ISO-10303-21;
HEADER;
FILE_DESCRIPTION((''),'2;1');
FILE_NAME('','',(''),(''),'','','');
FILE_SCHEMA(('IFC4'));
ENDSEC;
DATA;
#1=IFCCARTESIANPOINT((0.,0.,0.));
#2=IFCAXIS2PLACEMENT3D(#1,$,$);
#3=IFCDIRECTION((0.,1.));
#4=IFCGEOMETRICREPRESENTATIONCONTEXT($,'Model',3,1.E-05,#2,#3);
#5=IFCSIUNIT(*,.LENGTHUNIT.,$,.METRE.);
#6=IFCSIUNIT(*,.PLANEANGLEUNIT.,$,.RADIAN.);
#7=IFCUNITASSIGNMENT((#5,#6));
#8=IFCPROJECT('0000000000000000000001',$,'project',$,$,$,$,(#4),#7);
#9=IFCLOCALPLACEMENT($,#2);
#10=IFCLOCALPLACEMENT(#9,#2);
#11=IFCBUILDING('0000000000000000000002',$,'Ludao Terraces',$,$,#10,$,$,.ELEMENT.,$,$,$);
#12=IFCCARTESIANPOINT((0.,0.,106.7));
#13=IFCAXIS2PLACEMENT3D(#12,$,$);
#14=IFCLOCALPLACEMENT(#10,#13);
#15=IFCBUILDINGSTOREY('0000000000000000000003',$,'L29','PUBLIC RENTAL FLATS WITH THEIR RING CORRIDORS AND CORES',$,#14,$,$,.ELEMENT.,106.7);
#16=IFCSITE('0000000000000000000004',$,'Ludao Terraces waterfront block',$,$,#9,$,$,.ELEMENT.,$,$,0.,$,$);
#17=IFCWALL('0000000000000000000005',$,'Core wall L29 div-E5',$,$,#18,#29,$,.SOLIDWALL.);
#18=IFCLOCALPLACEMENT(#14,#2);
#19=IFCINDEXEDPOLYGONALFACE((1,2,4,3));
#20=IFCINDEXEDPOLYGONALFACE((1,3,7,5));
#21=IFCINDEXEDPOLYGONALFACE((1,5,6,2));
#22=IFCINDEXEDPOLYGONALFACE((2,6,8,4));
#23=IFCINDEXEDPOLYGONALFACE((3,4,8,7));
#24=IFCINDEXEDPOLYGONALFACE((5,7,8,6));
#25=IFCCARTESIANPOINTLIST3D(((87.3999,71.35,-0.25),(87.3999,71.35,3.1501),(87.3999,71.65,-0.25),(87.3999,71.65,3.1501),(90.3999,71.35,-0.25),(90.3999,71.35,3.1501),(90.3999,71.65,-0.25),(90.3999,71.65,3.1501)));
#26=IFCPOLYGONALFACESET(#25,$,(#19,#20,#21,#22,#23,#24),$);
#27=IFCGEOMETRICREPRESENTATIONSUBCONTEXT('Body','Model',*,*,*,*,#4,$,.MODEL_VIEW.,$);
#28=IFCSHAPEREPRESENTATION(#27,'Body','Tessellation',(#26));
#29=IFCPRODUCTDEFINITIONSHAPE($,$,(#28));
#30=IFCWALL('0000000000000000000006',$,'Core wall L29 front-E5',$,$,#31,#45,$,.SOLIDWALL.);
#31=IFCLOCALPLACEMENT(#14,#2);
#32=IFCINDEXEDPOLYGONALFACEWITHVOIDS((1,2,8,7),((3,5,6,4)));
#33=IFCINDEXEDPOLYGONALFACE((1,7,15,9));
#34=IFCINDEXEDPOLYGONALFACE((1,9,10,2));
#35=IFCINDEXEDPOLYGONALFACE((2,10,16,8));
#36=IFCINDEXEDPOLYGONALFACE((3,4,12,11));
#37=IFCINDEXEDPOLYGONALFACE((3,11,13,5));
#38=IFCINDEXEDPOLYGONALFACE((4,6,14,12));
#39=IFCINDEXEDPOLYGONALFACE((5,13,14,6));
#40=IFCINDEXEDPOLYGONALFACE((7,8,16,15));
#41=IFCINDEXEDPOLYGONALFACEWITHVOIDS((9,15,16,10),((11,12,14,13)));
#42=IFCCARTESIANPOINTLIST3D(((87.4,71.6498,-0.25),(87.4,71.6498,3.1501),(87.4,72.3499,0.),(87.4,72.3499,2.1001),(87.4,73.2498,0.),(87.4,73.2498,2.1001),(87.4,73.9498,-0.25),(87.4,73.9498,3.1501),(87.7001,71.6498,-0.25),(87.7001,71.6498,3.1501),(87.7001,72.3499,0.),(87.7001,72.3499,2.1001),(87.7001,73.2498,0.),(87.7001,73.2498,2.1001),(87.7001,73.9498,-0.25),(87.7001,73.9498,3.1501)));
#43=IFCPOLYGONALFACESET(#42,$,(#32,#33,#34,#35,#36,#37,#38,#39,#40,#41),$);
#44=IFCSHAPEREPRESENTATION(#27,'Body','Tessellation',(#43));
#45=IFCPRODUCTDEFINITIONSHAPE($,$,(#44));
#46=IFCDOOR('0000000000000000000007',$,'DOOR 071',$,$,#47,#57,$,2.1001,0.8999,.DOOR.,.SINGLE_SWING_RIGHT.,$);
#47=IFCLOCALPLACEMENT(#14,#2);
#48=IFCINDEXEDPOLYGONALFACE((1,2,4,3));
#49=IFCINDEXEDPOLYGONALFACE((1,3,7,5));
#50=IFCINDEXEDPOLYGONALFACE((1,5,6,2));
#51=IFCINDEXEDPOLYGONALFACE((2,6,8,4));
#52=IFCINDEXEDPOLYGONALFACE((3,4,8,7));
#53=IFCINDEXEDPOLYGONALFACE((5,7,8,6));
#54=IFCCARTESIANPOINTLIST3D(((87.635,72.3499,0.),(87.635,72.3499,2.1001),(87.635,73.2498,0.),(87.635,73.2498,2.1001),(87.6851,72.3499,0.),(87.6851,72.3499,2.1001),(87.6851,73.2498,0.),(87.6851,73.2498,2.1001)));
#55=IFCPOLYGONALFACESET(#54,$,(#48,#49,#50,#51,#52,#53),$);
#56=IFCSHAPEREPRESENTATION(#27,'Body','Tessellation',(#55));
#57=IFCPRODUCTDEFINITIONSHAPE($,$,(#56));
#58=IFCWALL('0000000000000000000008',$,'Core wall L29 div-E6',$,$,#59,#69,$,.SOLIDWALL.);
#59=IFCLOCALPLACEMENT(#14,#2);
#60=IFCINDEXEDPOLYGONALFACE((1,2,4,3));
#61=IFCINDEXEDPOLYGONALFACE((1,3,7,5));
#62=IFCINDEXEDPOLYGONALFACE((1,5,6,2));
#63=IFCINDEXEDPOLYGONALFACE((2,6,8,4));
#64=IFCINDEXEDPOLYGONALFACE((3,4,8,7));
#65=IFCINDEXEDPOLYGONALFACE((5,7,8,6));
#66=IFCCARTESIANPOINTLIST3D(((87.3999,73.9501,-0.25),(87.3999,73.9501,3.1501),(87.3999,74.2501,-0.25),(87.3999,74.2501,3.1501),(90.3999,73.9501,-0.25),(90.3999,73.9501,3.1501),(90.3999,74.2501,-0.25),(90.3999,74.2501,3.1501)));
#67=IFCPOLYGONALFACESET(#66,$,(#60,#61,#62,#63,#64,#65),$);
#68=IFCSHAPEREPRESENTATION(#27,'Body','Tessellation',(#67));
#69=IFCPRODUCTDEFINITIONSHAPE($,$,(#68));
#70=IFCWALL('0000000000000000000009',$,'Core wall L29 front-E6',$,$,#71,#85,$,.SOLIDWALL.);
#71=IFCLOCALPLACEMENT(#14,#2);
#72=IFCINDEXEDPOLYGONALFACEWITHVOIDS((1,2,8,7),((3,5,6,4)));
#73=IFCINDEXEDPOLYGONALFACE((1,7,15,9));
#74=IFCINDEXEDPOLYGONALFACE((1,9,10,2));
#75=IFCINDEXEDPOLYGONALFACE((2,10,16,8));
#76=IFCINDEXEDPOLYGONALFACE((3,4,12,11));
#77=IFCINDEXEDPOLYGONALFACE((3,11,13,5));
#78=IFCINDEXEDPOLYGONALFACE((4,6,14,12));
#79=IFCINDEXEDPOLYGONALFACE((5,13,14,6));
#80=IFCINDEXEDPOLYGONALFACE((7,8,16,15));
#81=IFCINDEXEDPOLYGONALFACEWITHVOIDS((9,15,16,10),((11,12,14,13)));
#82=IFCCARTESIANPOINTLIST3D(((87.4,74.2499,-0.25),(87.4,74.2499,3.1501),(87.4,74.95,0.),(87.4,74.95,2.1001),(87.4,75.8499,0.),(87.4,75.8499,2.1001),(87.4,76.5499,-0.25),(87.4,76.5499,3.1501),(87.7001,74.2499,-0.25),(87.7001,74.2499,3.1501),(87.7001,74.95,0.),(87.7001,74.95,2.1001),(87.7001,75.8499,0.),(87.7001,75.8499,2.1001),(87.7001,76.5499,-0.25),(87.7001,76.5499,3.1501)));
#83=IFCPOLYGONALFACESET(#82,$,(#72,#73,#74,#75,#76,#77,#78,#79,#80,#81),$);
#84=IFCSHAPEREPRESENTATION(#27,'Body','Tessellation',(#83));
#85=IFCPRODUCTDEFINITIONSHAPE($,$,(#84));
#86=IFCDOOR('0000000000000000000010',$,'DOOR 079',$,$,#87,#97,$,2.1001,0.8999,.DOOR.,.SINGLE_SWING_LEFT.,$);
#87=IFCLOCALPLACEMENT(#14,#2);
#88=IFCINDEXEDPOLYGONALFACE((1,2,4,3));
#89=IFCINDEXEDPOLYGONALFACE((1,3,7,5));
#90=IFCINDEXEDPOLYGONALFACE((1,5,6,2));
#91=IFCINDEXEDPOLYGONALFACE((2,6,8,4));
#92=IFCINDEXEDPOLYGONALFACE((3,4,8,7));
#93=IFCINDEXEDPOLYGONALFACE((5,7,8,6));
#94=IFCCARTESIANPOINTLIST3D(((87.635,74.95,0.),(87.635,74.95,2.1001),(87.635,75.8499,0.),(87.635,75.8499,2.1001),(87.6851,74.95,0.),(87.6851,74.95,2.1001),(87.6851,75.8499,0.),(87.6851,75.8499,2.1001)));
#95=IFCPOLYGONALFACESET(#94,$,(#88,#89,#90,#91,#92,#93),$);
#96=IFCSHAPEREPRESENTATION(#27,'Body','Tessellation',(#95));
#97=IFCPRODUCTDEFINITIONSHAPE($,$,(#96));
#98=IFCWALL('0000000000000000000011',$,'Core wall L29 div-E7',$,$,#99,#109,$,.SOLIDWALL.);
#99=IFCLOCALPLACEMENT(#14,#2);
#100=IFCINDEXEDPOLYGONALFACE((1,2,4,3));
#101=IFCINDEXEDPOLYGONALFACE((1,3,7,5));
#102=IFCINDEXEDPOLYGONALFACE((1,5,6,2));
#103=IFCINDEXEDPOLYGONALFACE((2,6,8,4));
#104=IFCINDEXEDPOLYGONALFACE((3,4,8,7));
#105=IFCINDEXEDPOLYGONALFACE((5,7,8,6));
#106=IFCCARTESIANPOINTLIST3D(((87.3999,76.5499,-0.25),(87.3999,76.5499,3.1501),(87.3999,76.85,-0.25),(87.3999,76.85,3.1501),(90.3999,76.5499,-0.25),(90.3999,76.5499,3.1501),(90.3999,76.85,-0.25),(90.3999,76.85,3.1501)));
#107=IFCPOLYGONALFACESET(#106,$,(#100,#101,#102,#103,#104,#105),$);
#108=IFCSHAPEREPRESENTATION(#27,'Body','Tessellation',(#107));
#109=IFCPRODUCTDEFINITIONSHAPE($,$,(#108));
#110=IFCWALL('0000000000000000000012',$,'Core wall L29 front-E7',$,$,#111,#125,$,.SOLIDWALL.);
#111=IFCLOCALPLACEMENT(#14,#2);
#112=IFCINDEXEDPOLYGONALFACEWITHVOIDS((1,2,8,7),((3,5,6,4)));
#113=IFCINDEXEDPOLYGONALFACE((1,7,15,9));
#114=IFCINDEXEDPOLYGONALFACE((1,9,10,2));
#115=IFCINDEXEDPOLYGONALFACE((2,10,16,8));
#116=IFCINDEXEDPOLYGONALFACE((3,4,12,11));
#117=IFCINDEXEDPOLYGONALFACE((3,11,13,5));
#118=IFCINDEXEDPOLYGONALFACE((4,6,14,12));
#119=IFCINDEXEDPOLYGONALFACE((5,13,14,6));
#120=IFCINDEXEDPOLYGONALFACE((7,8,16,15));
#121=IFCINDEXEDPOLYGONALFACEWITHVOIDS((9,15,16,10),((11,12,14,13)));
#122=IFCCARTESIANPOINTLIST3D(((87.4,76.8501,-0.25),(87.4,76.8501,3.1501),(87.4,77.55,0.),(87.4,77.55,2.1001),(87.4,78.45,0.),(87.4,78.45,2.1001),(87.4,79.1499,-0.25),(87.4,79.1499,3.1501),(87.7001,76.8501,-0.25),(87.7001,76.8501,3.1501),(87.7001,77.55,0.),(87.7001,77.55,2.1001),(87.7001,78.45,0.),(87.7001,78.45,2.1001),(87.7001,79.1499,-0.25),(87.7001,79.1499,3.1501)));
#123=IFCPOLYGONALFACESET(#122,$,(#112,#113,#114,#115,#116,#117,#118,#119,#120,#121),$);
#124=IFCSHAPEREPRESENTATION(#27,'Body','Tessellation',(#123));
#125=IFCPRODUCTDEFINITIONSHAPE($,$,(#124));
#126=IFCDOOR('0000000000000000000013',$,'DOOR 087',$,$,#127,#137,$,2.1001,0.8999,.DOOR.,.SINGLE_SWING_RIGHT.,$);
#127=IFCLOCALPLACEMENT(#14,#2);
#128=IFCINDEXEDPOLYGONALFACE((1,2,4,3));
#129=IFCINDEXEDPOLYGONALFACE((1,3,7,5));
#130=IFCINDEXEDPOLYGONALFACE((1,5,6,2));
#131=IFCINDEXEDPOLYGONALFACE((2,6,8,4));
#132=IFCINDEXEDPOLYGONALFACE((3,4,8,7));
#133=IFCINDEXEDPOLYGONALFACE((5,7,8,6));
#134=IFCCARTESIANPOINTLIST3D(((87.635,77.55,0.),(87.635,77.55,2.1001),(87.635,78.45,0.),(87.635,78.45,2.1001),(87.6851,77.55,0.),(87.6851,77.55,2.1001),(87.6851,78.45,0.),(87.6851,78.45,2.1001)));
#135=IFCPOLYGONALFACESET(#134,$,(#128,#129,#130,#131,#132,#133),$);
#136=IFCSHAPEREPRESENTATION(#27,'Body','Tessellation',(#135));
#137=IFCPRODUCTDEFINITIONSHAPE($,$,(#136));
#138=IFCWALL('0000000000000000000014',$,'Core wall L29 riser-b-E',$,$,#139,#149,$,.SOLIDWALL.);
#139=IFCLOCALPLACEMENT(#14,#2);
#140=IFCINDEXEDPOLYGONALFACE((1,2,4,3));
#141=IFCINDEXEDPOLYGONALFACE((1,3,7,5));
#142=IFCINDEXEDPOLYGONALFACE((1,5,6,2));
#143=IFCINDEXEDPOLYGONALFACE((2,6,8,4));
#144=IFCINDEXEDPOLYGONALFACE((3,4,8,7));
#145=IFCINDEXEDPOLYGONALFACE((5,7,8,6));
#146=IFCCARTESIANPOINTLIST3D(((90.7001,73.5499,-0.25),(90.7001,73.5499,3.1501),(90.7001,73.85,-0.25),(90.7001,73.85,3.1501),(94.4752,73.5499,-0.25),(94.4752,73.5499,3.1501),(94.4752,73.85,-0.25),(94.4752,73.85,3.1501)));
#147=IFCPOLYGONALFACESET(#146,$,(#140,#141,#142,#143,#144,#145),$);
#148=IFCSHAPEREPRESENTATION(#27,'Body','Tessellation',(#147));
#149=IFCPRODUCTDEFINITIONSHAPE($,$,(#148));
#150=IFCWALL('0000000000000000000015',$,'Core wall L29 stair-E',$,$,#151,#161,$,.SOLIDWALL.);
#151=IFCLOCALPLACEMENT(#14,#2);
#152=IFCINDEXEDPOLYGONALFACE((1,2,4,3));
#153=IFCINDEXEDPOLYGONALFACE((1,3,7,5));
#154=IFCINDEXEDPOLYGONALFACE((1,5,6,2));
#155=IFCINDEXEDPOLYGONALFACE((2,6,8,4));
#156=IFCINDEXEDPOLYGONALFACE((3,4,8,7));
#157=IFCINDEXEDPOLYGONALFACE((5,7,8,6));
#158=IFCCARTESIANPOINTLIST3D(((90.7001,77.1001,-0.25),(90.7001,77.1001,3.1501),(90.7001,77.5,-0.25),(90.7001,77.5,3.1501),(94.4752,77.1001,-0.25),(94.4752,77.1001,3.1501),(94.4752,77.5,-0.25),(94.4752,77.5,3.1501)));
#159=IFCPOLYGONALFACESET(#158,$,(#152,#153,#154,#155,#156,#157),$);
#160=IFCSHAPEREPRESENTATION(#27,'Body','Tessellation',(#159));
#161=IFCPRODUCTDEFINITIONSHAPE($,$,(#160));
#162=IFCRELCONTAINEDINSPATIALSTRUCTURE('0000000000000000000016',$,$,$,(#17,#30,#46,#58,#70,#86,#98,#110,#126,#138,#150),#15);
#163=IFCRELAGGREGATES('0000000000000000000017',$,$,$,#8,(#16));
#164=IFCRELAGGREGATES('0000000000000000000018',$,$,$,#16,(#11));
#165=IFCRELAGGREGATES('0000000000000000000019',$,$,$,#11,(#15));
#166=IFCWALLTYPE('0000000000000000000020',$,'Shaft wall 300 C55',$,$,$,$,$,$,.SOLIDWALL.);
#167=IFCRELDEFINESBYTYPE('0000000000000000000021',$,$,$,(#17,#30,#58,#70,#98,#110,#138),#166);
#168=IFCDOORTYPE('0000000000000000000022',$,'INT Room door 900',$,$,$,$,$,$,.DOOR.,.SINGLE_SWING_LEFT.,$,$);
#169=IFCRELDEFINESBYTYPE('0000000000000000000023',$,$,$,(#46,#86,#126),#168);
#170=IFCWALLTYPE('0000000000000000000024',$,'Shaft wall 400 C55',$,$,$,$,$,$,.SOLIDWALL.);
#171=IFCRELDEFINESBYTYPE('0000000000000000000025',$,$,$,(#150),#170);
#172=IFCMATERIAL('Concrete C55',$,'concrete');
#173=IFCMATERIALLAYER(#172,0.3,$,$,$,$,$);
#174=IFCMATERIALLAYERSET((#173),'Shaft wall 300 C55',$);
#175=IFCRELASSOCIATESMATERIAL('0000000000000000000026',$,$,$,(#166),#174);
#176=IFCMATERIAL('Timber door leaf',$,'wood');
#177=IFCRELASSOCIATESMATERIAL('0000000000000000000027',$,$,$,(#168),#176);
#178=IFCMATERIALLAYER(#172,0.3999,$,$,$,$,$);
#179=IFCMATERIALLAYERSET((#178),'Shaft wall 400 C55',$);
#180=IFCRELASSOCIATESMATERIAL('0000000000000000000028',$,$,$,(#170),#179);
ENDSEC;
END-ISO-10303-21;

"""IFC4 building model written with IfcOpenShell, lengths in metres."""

from ifc_helpers import new_model, si_unit, direction, frame, frame_2d, origin, place, context, subcontext, project, spatial, rectangle, extrude, material, layer, layer_set, type_object, element, fill, save


model = new_model("IFC4")

# Units and contexts
model_context = context("Model", 3, precision=1e-05, world=origin(), true_north=direction((0.0, 1.0)))
body_context = subcontext(model_context, "Body", "Model", "MODEL_VIEW")
ifc_project = project(units=[si_unit("LENGTHUNIT", "METRE"), si_unit("PLANEANGLEUNIT", "RADIAN")], contexts=[model_context])

# Site, building, storey
site_placement = place(None, origin())
site = spatial("IfcSite", under=ifc_project, at=site_placement, Name="Ludao Terraces waterfront block", CompositionType="ELEMENT", RefElevation=0.0)
building_placement = place(site_placement, origin())
building = spatial("IfcBuilding", under=site, at=building_placement, Name="Ludao Terraces", CompositionType="ELEMENT")
storey_placement = place(building_placement, frame((0.0, 0.0, 106.7)))
storey = spatial("IfcBuildingStorey", under=building, at=storey_placement, Name="L29", Description="PUBLIC RENTAL FLATS WITH THEIR RING CORRIDORS AND CORES", CompositionType="ELEMENT", Elevation=106.7)

# Shared definitions
ifc_material_1 = material(Name="Concrete C55", Category="concrete")
ifc_layer_1 = layer(ifc_material_1, 0.3)
ifc_layer_set_1 = layer_set([ifc_layer_1], Name="Shaft wall 300 C55")
wall_type_1 = type_object("IfcWallType", Name="Shaft wall 300 C55", PredefinedType="SOLIDWALL", material=ifc_layer_set_1)

# Wall
wall_1_placement = place(storey_placement, frame((87.3999, 71.5, -0.25), z_axis=(0.0, 0.0, 1.0), x_axis=(1.0, 0.0, 0.0)))
element("IfcWall", 1, at=wall_1_placement, inside=storey, type_object=wall_type_1, Name="Core wall L29 div-E5", PredefinedType="SOLIDWALL", context=body_context, shape_type="SweptSolid", body=[
    extrude(rectangle(XDim=3.0, YDim=0.3, at=frame_2d((1.5, 0.0))), origin(), (0.0, 0.0, 1.0), 3.4001),
])

# Wall, opening, door
wall_2_placement = place(storey_placement, frame((87.55, 71.6499, -0.25), z_axis=(0.0, 0.0, 1.0), x_axis=(0.0, 1.0, 0.0)))
wall_2 = element("IfcWall", 2, at=wall_2_placement, inside=storey, type_object=wall_type_1, Name="Core wall L29 front-E5", PredefinedType="SOLIDWALL", context=body_context, shape_type="SweptSolid", body=[
    extrude(rectangle(XDim=2.3, YDim=0.3, at=frame_2d((1.1499, 0.0))), origin(), (0.0, 0.0, 1.0), 3.4001),
])
opening_1_placement = place(wall_2_placement, frame((0.7, 0.0, 0.25)))
opening_1 = element("IfcOpeningElement", 3, at=opening_1_placement, cuts=wall_2, PredefinedType="OPENING", context=body_context, shape_type="SweptSolid", body=[
    extrude(rectangle(XDim=0.8999, YDim=2.1001, at=frame_2d((0.45, 1.05))), frame((0.0, 0.1602, 0.0), z_axis=(0.0, -1.0, 0.0), x_axis=(1.0, 0.0, 0.0)), (0.0, 0.0, 1.0), 0.3201),
])
ifc_material_2 = material(Name="Timber door leaf", Category="wood")
door_type_1 = type_object("IfcDoorType", Name="INT Room door 900", OperationType="SINGLE_SWING_LEFT", PredefinedType="DOOR", material=ifc_material_2)
door_1_placement = place(opening_1_placement, origin())
door_1 = element("IfcDoor", 4, at=door_1_placement, inside=storey, type_object=door_type_1, Name="DOOR 071", OperationType="SINGLE_SWING_RIGHT", OverallHeight=2.1001, OverallWidth=0.8999, PredefinedType="DOOR", context=body_context, shape_type="SweptSolid", body=[
    extrude(rectangle(XDim=0.8999, YDim=2.1001, at=frame_2d((0.45, 1.05))), frame((0.0, -0.085, 0.0), z_axis=(0.0, -1.0, 0.0), x_axis=(1.0, 0.0, 0.0)), (0.0, 0.0, 1.0), 0.05),
])
fill(opening_1, door_1)

# Wall
wall_3_placement = place(storey_placement, frame((87.3999, 74.1001, -0.25), z_axis=(0.0, 0.0, 1.0), x_axis=(1.0, 0.0, 0.0)))
element("IfcWall", 5, at=wall_3_placement, inside=storey, type_object=wall_type_1, Name="Core wall L29 div-E6", PredefinedType="SOLIDWALL", context=body_context, shape_type="SweptSolid", body=[
    extrude(rectangle(XDim=3.0, YDim=0.3, at=frame_2d((1.5, 0.0))), origin(), (0.0, 0.0, 1.0), 3.4001),
])

# Wall, opening, door
wall_4_placement = place(storey_placement, frame((87.55, 74.25, -0.25), z_axis=(0.0, 0.0, 1.0), x_axis=(0.0, 1.0, 0.0)))
wall_4 = element("IfcWall", 6, at=wall_4_placement, inside=storey, type_object=wall_type_1, Name="Core wall L29 front-E6", PredefinedType="SOLIDWALL", context=body_context, shape_type="SweptSolid", body=[
    extrude(rectangle(XDim=2.3, YDim=0.3, at=frame_2d((1.1499, 0.0))), origin(), (0.0, 0.0, 1.0), 3.4001),
])
opening_2_placement = place(wall_4_placement, frame((0.7, 0.0, 0.25)))
opening_2 = element("IfcOpeningElement", 7, at=opening_2_placement, cuts=wall_4, PredefinedType="OPENING", context=body_context, shape_type="SweptSolid", body=[
    extrude(rectangle(XDim=0.8999, YDim=2.1001, at=frame_2d((0.45, 1.05))), frame((0.0, 0.1602, 0.0), z_axis=(0.0, -1.0, 0.0), x_axis=(1.0, 0.0, 0.0)), (0.0, 0.0, 1.0), 0.3201),
])
door_2_placement = place(opening_2_placement, origin())
door_2 = element("IfcDoor", 8, at=door_2_placement, inside=storey, type_object=door_type_1, Name="DOOR 079", OperationType="SINGLE_SWING_LEFT", OverallHeight=2.1001, OverallWidth=0.8999, PredefinedType="DOOR", context=body_context, shape_type="SweptSolid", body=[
    extrude(rectangle(XDim=0.8999, YDim=2.1001, at=frame_2d((0.45, 1.05))), frame((0.0, -0.085, 0.0), z_axis=(0.0, -1.0, 0.0), x_axis=(1.0, 0.0, 0.0)), (0.0, 0.0, 1.0), 0.05),
])
fill(opening_2, door_2)

# Wall
wall_5_placement = place(storey_placement, frame((87.3999, 76.7, -0.25), z_axis=(0.0, 0.0, 1.0), x_axis=(1.0, 0.0, 0.0)))
element("IfcWall", 9, at=wall_5_placement, inside=storey, type_object=wall_type_1, Name="Core wall L29 div-E7", PredefinedType="SOLIDWALL", context=body_context, shape_type="SweptSolid", body=[
    extrude(rectangle(XDim=3.0, YDim=0.3, at=frame_2d((1.5, 0.0))), origin(), (0.0, 0.0, 1.0), 3.4001),
])

# Wall, opening, door
wall_6_placement = place(storey_placement, frame((87.55, 76.8501, -0.25), z_axis=(0.0, 0.0, 1.0), x_axis=(0.0, 1.0, 0.0)))
wall_6 = element("IfcWall", 10, at=wall_6_placement, inside=storey, type_object=wall_type_1, Name="Core wall L29 front-E7", PredefinedType="SOLIDWALL", context=body_context, shape_type="SweptSolid", body=[
    extrude(rectangle(XDim=2.2998, YDim=0.3, at=frame_2d((1.1499, 0.0))), origin(), (0.0, 0.0, 1.0), 3.4001),
])
opening_3_placement = place(wall_6_placement, frame((0.7, 0.0, 0.25)))
opening_3 = element("IfcOpeningElement", 11, at=opening_3_placement, cuts=wall_6, PredefinedType="OPENING", context=body_context, shape_type="SweptSolid", body=[
    extrude(rectangle(XDim=0.8999, YDim=2.1001, at=frame_2d((0.45, 1.05))), frame((0.0, 0.1602, 0.0), z_axis=(0.0, -1.0, 0.0), x_axis=(1.0, 0.0, 0.0)), (0.0, 0.0, 1.0), 0.3201),
])
door_3_placement = place(opening_3_placement, origin())
door_3 = element("IfcDoor", 12, at=door_3_placement, inside=storey, type_object=door_type_1, Name="DOOR 087", OperationType="SINGLE_SWING_RIGHT", OverallHeight=2.1001, OverallWidth=0.8999, PredefinedType="DOOR", context=body_context, shape_type="SweptSolid", body=[
    extrude(rectangle(XDim=0.8999, YDim=2.1001, at=frame_2d((0.45, 1.05))), frame((0.0, -0.085, 0.0), z_axis=(0.0, -1.0, 0.0), x_axis=(1.0, 0.0, 0.0)), (0.0, 0.0, 1.0), 0.05),
])
fill(opening_3, door_3)

# Walls
wall_7_placement = place(storey_placement, frame((90.7, 73.7, -0.25), z_axis=(0.0, 0.0, 1.0), x_axis=(1.0, 0.0, 0.0)))
element("IfcWall", 13, at=wall_7_placement, inside=storey, type_object=wall_type_1, Name="Core wall L29 riser-b-E", PredefinedType="SOLIDWALL", context=body_context, shape_type="SweptSolid", body=[
    extrude(rectangle(XDim=3.7751, YDim=0.3, at=frame_2d((1.8877, 0.0))), origin(), (0.0, 0.0, 1.0), 3.4001),
])
ifc_layer_2 = layer(ifc_material_1, 0.3999)
ifc_layer_set_2 = layer_set([ifc_layer_2], Name="Shaft wall 400 C55")
wall_type_2 = type_object("IfcWallType", Name="Shaft wall 400 C55", PredefinedType="SOLIDWALL", material=ifc_layer_set_2)
wall_8_placement = place(storey_placement, frame((90.7, 77.3, -0.25), z_axis=(0.0, 0.0, 1.0), x_axis=(1.0, 0.0, 0.0)))
element("IfcWall", 14, at=wall_8_placement, inside=storey, type_object=wall_type_2, Name="Core wall L29 stair-E", PredefinedType="SOLIDWALL", context=body_context, shape_type="SweptSolid", body=[
    extrude(rectangle(XDim=3.7751, YDim=0.3999, at=frame_2d((1.8877, 0.0))), origin(), (0.0, 0.0, 1.0), 3.4001),
])

save(model, "model.ifc")
